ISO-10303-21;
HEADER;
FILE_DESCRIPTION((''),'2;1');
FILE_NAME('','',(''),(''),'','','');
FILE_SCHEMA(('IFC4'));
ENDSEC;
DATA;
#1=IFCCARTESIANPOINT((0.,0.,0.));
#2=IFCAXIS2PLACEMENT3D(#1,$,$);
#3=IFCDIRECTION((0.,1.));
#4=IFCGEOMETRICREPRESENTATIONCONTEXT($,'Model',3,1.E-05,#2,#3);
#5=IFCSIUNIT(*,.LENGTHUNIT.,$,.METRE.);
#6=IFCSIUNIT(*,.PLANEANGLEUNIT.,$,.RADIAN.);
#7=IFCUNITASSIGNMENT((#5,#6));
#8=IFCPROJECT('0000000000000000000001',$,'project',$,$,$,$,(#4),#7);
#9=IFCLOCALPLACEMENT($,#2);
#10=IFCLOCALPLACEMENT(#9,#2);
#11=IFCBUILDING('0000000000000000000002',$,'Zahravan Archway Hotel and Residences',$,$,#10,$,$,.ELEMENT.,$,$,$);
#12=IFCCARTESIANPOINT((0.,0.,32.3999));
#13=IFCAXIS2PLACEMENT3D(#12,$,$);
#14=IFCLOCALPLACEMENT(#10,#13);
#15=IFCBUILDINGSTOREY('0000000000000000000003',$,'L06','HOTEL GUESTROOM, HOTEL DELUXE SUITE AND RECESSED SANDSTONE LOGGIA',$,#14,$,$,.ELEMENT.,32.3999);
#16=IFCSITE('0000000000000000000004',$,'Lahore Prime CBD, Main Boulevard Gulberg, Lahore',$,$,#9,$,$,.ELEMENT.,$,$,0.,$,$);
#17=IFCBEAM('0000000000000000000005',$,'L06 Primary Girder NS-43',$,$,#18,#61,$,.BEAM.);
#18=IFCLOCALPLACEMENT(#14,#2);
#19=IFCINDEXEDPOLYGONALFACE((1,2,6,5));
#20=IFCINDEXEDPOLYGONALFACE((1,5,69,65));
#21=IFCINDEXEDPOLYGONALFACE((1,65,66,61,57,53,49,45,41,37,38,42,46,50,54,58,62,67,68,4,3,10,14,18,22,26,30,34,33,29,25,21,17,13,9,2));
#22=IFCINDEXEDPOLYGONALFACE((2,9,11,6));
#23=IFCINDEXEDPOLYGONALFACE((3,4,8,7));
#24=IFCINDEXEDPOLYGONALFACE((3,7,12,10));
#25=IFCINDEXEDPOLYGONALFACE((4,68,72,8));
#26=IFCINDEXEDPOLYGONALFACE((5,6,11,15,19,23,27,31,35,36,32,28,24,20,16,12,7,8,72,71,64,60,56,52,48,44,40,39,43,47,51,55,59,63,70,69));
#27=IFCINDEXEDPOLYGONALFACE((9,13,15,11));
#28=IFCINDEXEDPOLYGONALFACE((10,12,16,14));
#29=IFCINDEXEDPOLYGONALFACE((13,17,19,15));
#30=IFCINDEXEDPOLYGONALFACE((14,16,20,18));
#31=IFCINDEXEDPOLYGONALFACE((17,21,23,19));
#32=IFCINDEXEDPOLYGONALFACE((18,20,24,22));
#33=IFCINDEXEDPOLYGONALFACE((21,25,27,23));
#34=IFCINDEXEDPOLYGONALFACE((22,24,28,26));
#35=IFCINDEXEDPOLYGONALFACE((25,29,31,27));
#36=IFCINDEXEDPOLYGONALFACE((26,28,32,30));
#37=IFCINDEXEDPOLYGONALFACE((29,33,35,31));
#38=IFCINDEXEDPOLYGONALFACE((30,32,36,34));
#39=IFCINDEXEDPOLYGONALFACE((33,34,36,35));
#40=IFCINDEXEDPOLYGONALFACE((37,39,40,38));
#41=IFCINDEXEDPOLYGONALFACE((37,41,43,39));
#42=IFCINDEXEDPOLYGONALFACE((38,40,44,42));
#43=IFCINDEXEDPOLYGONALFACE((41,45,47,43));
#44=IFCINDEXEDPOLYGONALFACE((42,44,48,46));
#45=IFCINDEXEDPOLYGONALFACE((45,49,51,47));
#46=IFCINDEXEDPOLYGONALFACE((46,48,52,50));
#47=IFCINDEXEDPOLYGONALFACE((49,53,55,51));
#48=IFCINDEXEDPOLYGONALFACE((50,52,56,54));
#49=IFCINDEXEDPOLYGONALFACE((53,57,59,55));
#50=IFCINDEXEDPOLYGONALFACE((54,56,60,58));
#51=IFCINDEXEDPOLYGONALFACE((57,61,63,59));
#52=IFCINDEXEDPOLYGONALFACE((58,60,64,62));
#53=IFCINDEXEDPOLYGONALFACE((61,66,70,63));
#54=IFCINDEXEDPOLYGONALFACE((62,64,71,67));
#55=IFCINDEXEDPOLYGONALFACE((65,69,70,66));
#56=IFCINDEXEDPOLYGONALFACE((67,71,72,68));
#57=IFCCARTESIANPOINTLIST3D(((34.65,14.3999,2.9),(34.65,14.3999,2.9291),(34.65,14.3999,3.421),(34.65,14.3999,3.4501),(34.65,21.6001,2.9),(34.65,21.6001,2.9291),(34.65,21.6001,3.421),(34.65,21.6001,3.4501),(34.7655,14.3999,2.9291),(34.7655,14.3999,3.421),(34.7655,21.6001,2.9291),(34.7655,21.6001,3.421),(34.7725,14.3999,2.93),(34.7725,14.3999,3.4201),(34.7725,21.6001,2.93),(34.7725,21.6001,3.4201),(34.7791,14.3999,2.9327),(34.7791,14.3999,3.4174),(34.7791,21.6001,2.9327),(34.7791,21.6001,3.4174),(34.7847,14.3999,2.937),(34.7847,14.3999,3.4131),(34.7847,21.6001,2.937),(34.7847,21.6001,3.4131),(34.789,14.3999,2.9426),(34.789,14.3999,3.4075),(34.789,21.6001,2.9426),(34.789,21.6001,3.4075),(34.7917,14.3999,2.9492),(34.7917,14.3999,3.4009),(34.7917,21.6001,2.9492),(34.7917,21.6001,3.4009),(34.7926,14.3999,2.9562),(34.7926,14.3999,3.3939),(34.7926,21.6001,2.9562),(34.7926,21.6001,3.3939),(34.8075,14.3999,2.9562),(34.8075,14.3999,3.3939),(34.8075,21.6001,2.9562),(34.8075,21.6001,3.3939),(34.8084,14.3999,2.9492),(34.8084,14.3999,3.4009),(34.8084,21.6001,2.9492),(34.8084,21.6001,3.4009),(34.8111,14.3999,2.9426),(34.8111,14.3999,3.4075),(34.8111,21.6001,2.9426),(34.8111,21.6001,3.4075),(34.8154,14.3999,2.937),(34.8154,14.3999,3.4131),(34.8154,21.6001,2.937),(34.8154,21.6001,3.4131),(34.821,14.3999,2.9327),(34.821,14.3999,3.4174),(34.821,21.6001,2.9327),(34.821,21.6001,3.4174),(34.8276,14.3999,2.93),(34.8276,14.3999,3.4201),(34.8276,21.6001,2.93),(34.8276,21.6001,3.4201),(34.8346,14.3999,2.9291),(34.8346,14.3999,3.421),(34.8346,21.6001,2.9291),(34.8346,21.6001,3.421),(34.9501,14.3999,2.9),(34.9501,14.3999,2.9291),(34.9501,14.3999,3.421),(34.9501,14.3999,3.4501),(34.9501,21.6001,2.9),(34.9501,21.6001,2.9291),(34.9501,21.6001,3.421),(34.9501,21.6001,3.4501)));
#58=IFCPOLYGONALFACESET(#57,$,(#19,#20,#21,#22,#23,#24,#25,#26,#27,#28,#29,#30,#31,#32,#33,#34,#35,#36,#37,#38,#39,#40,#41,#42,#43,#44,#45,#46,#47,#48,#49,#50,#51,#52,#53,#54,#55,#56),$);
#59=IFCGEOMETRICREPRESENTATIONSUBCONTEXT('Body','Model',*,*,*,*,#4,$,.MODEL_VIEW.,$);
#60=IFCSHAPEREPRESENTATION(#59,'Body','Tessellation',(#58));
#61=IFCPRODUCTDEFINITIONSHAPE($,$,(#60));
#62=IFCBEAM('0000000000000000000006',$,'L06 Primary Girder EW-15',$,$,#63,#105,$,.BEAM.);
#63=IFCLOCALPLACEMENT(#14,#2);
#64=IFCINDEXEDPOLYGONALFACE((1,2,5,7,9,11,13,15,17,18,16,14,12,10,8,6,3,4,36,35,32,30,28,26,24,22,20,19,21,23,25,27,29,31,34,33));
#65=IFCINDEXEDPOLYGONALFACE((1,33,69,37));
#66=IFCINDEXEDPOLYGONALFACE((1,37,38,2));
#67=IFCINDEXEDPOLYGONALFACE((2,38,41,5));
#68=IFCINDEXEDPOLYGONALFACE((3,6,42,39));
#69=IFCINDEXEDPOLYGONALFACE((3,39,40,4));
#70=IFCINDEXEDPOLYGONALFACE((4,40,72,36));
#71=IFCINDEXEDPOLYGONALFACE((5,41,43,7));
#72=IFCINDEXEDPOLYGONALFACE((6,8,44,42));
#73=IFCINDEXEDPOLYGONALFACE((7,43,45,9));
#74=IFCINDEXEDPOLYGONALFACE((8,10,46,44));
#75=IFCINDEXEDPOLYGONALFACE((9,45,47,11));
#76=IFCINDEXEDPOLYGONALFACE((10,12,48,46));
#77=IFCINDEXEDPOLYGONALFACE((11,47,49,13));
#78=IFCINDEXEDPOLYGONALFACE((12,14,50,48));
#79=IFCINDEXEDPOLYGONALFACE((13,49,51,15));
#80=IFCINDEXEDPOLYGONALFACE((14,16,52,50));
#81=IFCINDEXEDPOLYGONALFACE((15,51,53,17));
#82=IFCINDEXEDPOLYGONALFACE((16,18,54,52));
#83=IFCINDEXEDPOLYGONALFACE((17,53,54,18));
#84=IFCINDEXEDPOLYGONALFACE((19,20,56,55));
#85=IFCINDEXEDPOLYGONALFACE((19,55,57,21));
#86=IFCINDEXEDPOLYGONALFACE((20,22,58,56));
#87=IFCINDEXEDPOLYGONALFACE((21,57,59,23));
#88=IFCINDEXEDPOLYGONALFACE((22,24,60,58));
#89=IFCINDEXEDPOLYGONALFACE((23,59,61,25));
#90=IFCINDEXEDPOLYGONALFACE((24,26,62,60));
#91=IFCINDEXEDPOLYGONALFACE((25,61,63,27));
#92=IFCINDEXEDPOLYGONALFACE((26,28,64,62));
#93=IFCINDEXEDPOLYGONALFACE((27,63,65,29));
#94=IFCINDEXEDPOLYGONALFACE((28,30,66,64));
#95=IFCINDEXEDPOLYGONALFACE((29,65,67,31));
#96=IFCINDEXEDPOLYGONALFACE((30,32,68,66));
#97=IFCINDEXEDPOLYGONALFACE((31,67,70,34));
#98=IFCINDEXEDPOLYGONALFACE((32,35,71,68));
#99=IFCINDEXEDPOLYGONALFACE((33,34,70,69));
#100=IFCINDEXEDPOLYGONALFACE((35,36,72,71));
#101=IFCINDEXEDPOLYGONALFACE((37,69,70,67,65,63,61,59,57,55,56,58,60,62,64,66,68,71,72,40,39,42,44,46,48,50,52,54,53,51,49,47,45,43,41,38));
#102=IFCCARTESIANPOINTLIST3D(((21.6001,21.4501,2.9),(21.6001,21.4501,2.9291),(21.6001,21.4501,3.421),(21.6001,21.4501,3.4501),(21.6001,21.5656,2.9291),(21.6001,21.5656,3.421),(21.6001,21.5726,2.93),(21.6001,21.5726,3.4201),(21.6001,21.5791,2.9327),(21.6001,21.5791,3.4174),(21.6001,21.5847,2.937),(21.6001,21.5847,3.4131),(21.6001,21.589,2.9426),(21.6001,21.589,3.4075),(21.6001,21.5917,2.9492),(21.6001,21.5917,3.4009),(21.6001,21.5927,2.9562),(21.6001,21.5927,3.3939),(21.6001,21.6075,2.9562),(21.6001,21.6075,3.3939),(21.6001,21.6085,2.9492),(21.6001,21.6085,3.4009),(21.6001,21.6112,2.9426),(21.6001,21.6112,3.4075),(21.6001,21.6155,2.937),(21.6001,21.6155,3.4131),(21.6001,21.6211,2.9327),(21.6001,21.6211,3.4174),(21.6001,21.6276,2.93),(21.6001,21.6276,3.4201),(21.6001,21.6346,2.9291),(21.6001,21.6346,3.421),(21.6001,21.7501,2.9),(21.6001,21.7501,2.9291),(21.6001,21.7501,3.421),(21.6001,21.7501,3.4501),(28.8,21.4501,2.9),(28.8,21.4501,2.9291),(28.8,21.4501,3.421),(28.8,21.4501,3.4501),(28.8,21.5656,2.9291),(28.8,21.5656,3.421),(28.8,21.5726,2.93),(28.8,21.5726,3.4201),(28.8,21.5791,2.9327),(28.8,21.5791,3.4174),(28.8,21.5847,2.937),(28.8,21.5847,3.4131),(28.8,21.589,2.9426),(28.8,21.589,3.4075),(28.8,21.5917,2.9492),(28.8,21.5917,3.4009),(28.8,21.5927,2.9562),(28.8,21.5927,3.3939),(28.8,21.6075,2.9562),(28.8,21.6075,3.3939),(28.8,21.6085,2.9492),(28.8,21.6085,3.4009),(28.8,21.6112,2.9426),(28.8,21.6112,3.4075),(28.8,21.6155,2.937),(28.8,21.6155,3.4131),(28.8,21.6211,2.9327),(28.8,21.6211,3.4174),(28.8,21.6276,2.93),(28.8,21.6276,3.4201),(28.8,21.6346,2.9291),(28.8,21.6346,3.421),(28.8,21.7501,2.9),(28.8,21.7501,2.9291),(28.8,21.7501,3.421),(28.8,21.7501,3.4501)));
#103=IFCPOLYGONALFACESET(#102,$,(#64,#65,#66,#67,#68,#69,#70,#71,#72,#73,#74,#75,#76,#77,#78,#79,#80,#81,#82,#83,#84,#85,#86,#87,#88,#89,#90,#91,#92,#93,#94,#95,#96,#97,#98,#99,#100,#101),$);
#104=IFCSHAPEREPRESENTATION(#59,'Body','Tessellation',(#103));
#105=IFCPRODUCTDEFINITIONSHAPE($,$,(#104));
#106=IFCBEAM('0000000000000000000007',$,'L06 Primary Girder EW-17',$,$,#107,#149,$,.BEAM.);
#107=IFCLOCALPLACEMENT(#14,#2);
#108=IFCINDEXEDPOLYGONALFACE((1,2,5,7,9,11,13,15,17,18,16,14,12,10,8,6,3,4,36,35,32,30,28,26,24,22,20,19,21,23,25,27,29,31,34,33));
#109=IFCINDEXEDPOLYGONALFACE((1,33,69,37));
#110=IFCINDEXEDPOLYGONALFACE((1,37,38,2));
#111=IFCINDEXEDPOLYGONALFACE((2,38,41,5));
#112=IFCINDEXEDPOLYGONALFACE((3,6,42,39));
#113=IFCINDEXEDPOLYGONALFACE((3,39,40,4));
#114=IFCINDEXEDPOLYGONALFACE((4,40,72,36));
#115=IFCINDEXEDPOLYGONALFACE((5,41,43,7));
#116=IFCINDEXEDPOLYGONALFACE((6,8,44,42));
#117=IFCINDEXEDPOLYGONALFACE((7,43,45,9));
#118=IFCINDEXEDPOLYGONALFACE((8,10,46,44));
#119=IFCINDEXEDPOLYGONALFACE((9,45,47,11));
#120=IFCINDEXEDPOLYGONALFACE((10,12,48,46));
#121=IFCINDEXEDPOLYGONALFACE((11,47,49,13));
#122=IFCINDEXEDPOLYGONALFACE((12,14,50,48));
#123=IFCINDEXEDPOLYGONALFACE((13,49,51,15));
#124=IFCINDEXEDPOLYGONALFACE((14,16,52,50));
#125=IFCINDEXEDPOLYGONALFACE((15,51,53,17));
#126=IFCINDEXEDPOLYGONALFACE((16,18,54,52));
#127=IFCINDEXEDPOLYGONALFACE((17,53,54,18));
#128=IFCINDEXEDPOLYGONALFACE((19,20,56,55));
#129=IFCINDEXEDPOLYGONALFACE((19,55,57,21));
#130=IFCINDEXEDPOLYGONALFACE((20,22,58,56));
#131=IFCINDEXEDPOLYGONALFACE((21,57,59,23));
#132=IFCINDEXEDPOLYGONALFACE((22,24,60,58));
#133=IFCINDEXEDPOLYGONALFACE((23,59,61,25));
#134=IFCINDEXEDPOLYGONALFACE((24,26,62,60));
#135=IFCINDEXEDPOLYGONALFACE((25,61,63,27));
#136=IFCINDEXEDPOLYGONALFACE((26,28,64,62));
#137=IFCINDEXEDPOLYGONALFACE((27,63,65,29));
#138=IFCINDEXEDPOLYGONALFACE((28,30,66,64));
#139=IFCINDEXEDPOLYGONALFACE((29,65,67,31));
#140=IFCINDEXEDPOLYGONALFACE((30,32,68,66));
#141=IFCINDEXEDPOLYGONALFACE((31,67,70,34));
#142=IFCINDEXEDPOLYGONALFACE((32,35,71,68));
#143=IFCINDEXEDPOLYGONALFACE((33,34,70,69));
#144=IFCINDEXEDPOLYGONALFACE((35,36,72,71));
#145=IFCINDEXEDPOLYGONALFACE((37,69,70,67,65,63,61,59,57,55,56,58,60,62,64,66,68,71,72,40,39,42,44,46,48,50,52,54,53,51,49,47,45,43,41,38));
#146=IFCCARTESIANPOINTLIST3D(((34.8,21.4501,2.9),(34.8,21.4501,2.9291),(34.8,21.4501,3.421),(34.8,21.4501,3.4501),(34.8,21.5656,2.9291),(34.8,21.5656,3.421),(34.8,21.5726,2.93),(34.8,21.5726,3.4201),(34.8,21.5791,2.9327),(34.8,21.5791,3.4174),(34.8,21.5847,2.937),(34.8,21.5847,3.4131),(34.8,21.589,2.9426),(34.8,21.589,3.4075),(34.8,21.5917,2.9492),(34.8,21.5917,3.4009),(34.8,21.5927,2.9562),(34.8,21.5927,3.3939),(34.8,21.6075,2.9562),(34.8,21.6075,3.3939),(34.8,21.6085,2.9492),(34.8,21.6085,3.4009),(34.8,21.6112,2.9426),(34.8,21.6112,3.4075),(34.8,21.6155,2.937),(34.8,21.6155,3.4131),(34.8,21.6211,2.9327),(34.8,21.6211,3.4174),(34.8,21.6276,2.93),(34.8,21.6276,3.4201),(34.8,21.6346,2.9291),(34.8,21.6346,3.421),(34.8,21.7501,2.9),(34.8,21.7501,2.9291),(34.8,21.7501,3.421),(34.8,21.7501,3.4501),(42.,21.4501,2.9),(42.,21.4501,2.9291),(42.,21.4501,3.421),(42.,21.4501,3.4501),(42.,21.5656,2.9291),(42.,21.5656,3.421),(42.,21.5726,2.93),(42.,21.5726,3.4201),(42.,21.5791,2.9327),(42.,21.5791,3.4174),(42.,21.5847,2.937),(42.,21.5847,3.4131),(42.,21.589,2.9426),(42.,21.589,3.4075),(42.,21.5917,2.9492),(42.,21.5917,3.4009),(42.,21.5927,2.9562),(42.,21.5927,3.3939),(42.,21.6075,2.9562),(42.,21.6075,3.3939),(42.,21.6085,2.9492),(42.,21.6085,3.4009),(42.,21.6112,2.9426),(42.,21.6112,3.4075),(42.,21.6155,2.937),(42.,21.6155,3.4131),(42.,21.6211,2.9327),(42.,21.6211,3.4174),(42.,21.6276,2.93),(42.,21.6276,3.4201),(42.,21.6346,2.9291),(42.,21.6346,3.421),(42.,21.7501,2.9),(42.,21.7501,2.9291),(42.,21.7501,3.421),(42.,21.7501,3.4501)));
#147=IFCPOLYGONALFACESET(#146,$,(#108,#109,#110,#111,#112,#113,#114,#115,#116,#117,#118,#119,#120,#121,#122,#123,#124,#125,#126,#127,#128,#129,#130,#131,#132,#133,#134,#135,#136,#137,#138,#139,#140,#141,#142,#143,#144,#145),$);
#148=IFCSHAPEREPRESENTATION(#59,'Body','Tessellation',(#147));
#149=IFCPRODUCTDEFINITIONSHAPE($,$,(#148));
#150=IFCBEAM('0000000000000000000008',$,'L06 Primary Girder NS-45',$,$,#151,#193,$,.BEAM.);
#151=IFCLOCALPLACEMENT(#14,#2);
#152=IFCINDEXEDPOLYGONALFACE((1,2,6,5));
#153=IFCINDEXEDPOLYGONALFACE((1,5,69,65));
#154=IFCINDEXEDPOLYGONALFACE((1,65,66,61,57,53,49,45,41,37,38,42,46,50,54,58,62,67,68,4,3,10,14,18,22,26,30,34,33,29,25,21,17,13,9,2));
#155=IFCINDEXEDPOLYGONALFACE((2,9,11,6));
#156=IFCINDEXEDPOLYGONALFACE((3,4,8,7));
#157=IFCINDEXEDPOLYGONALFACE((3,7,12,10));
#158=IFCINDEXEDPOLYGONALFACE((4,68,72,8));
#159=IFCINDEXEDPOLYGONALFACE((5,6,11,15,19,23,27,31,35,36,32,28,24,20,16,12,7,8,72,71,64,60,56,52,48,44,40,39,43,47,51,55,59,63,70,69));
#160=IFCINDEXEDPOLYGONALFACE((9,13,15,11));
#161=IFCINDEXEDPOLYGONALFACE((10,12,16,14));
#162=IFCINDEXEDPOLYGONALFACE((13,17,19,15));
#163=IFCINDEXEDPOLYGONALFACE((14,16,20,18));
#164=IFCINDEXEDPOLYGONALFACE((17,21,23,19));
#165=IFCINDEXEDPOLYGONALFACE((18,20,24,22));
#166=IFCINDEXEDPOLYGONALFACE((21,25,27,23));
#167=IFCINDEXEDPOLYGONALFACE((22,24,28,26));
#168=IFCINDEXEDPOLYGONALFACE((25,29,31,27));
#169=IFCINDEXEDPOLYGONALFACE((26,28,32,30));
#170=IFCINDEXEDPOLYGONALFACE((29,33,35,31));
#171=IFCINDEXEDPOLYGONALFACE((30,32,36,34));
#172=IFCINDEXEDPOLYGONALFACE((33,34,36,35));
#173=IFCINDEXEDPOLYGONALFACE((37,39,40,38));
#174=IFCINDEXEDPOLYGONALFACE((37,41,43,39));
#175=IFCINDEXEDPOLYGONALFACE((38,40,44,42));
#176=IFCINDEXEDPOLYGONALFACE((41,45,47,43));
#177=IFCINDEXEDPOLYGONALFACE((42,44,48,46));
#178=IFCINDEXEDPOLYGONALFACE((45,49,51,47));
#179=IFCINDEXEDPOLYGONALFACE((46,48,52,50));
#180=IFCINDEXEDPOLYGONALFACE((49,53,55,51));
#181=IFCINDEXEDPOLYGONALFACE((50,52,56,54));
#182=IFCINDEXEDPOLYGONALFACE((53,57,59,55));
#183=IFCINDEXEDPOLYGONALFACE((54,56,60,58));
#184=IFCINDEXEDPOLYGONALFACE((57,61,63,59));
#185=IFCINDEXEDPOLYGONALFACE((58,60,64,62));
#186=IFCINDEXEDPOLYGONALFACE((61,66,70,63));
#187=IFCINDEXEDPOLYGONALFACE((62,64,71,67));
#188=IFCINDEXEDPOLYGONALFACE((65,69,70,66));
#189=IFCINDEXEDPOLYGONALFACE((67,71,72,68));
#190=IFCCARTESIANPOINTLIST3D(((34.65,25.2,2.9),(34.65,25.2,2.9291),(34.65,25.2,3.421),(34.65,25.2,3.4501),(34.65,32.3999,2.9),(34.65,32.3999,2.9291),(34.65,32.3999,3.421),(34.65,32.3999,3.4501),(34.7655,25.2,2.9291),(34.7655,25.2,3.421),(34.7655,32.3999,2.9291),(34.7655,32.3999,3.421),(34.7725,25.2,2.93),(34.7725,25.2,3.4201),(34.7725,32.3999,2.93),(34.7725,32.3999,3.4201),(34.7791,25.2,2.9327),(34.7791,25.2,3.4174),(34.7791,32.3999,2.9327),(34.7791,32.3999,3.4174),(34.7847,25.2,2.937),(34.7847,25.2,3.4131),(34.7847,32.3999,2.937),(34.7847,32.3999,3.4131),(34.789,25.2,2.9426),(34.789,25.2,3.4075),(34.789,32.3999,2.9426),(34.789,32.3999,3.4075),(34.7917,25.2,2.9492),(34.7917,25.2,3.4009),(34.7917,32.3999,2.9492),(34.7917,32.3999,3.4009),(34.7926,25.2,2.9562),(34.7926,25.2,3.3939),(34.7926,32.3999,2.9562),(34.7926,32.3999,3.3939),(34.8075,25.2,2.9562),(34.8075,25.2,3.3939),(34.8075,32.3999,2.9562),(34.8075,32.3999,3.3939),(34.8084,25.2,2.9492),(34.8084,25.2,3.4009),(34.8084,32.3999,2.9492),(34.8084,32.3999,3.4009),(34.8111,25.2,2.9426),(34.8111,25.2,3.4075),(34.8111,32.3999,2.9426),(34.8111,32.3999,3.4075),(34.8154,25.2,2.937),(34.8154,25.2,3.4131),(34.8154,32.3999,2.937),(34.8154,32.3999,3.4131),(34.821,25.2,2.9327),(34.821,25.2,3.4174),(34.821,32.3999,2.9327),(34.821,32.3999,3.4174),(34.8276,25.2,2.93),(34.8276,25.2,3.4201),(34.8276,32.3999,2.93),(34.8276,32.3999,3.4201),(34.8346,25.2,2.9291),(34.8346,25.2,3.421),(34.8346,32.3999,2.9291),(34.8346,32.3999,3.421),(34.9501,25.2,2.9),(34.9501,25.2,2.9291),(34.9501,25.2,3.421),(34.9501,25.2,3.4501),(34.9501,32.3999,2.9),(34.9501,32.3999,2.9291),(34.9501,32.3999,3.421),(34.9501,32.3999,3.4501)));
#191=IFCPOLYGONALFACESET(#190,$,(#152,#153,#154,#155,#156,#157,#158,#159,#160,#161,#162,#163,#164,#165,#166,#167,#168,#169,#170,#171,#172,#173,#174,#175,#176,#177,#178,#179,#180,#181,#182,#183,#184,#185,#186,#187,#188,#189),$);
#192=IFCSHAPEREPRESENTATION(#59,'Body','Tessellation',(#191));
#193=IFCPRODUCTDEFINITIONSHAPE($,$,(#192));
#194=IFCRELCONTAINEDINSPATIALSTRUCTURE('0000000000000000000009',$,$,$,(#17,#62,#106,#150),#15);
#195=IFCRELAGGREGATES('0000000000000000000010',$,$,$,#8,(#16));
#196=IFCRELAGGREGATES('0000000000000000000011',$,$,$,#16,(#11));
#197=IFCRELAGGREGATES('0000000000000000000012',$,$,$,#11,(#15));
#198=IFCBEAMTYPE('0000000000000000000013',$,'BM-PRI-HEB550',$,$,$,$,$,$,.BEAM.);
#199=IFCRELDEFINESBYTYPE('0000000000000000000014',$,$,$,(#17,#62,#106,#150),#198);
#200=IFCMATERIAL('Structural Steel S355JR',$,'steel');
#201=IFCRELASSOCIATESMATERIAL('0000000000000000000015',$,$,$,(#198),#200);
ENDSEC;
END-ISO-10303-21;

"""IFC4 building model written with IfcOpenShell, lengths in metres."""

from ifc_helpers import new_model, si_unit, direction, frame, origin, origin_2d, place, context, subcontext, project, spatial, i_section, extrude, source, transform, mapped, material, material_profile, profile_set, type_object, type_shapes, element, save


model = new_model("IFC4")

# Units and contexts
model_context = context("Model", 3, precision=1e-05, world=origin(), true_north=direction((0.0, 1.0)))
body_context = subcontext(model_context, "Body", "Model", "MODEL_VIEW")
ifc_project = project(units=[si_unit("LENGTHUNIT", "METRE"), si_unit("PLANEANGLEUNIT", "RADIAN")], contexts=[model_context])

# Site, building, storey
site_placement = place(None, origin())
site = spatial("IfcSite", under=ifc_project, at=site_placement, Name="Lahore Prime CBD, Main Boulevard Gulberg, Lahore", CompositionType="ELEMENT", RefElevation=0.0)
building_placement = place(site_placement, origin())
building = spatial("IfcBuilding", under=site, at=building_placement, Name="Zahravan Archway Hotel and Residences", CompositionType="ELEMENT")
storey_placement = place(building_placement, frame((0.0, 0.0, 32.3999)))
storey = spatial("IfcBuildingStorey", under=building, at=storey_placement, Name="L06", Description="HOTEL GUESTROOM, HOTEL DELUXE SUITE AND RECESSED SANDSTONE LOGGIA", CompositionType="ELEMENT", Elevation=32.3999)

# Beams
ifc_material_1 = material(Name="Structural Steel S355JR", Category="steel")
ifc_material_profile_1 = material_profile(ifc_material_1, i_section(OverallWidth=0.3, OverallDepth=0.55, WebThickness=0.0149, FlangeThickness=0.0291, FilletRadius=0.0271, at=origin_2d()), Name="HEB 550", Category="steel")
ifc_profile_set_1 = profile_set([ifc_material_profile_1], Name="Structural Steel S355JR")
beam_type_1 = type_object("IfcBeamType", Name="BM-PRI-HEB550", PredefinedType="BEAM", material=ifc_profile_set_1)
shared_shape_1 = source(origin(), body_context, "Body", "SweptSolid", [
    extrude(i_section(OverallWidth=0.3, OverallDepth=0.55, WebThickness=0.0149, FlangeThickness=0.0291, FilletRadius=0.0271, at=origin_2d()), origin(), (0.0, 0.0, 1.0), 7.2002),
])
type_shapes(beam_type_1, [shared_shape_1])
for number, where, z_axis, x_axis, name in (
    (1, (34.8, 14.3999, 3.175), (0.0, 1.0, 0.0), (-1.0, 0.0, 0.0), "L06 Primary Girder NS-43"),
):
    element("IfcBeam", number, at=place(storey_placement, frame(where, z_axis=z_axis, x_axis=x_axis)), inside=storey, type_object=beam_type_1, Name=name, PredefinedType="BEAM", context=body_context, shape_type="MappedRepresentation", body=[
        mapped(shared_shape_1, transform((0.0, 0.0, 0.0), scale=1.0)),
    ])
shared_shape_2 = source(origin(), body_context, "Body", "SweptSolid", [
    extrude(i_section(OverallWidth=0.3, OverallDepth=0.55, WebThickness=0.0149, FlangeThickness=0.0291, FilletRadius=0.0271, at=origin_2d()), origin(), (0.0, 0.0, 1.0), 7.2),
])
for number, where, z_axis, x_axis, name in (
    (2, (21.6001, 21.6001, 3.175), (1.0, 0.0, 0.0), (0.0, 1.0, 0.0), "L06 Primary Girder EW-15"),
    (3, (34.8, 21.6001, 3.175), (1.0, 0.0, 0.0), (0.0, 1.0, 0.0), "L06 Primary Girder EW-17"),
    (4, (34.8, 25.2, 3.175), (0.0, 1.0, 0.0), (-1.0, 0.0, 0.0), "L06 Primary Girder NS-45"),
):
    element("IfcBeam", number, at=place(storey_placement, frame(where, z_axis=z_axis, x_axis=x_axis)), inside=storey, type_object=beam_type_1, Name=name, PredefinedType="BEAM", context=body_context, shape_type="MappedRepresentation", body=[
        mapped(shared_shape_2, transform((0.0, 0.0, 0.0), scale=1.0)),
    ])

save(model, "model.ifc")
